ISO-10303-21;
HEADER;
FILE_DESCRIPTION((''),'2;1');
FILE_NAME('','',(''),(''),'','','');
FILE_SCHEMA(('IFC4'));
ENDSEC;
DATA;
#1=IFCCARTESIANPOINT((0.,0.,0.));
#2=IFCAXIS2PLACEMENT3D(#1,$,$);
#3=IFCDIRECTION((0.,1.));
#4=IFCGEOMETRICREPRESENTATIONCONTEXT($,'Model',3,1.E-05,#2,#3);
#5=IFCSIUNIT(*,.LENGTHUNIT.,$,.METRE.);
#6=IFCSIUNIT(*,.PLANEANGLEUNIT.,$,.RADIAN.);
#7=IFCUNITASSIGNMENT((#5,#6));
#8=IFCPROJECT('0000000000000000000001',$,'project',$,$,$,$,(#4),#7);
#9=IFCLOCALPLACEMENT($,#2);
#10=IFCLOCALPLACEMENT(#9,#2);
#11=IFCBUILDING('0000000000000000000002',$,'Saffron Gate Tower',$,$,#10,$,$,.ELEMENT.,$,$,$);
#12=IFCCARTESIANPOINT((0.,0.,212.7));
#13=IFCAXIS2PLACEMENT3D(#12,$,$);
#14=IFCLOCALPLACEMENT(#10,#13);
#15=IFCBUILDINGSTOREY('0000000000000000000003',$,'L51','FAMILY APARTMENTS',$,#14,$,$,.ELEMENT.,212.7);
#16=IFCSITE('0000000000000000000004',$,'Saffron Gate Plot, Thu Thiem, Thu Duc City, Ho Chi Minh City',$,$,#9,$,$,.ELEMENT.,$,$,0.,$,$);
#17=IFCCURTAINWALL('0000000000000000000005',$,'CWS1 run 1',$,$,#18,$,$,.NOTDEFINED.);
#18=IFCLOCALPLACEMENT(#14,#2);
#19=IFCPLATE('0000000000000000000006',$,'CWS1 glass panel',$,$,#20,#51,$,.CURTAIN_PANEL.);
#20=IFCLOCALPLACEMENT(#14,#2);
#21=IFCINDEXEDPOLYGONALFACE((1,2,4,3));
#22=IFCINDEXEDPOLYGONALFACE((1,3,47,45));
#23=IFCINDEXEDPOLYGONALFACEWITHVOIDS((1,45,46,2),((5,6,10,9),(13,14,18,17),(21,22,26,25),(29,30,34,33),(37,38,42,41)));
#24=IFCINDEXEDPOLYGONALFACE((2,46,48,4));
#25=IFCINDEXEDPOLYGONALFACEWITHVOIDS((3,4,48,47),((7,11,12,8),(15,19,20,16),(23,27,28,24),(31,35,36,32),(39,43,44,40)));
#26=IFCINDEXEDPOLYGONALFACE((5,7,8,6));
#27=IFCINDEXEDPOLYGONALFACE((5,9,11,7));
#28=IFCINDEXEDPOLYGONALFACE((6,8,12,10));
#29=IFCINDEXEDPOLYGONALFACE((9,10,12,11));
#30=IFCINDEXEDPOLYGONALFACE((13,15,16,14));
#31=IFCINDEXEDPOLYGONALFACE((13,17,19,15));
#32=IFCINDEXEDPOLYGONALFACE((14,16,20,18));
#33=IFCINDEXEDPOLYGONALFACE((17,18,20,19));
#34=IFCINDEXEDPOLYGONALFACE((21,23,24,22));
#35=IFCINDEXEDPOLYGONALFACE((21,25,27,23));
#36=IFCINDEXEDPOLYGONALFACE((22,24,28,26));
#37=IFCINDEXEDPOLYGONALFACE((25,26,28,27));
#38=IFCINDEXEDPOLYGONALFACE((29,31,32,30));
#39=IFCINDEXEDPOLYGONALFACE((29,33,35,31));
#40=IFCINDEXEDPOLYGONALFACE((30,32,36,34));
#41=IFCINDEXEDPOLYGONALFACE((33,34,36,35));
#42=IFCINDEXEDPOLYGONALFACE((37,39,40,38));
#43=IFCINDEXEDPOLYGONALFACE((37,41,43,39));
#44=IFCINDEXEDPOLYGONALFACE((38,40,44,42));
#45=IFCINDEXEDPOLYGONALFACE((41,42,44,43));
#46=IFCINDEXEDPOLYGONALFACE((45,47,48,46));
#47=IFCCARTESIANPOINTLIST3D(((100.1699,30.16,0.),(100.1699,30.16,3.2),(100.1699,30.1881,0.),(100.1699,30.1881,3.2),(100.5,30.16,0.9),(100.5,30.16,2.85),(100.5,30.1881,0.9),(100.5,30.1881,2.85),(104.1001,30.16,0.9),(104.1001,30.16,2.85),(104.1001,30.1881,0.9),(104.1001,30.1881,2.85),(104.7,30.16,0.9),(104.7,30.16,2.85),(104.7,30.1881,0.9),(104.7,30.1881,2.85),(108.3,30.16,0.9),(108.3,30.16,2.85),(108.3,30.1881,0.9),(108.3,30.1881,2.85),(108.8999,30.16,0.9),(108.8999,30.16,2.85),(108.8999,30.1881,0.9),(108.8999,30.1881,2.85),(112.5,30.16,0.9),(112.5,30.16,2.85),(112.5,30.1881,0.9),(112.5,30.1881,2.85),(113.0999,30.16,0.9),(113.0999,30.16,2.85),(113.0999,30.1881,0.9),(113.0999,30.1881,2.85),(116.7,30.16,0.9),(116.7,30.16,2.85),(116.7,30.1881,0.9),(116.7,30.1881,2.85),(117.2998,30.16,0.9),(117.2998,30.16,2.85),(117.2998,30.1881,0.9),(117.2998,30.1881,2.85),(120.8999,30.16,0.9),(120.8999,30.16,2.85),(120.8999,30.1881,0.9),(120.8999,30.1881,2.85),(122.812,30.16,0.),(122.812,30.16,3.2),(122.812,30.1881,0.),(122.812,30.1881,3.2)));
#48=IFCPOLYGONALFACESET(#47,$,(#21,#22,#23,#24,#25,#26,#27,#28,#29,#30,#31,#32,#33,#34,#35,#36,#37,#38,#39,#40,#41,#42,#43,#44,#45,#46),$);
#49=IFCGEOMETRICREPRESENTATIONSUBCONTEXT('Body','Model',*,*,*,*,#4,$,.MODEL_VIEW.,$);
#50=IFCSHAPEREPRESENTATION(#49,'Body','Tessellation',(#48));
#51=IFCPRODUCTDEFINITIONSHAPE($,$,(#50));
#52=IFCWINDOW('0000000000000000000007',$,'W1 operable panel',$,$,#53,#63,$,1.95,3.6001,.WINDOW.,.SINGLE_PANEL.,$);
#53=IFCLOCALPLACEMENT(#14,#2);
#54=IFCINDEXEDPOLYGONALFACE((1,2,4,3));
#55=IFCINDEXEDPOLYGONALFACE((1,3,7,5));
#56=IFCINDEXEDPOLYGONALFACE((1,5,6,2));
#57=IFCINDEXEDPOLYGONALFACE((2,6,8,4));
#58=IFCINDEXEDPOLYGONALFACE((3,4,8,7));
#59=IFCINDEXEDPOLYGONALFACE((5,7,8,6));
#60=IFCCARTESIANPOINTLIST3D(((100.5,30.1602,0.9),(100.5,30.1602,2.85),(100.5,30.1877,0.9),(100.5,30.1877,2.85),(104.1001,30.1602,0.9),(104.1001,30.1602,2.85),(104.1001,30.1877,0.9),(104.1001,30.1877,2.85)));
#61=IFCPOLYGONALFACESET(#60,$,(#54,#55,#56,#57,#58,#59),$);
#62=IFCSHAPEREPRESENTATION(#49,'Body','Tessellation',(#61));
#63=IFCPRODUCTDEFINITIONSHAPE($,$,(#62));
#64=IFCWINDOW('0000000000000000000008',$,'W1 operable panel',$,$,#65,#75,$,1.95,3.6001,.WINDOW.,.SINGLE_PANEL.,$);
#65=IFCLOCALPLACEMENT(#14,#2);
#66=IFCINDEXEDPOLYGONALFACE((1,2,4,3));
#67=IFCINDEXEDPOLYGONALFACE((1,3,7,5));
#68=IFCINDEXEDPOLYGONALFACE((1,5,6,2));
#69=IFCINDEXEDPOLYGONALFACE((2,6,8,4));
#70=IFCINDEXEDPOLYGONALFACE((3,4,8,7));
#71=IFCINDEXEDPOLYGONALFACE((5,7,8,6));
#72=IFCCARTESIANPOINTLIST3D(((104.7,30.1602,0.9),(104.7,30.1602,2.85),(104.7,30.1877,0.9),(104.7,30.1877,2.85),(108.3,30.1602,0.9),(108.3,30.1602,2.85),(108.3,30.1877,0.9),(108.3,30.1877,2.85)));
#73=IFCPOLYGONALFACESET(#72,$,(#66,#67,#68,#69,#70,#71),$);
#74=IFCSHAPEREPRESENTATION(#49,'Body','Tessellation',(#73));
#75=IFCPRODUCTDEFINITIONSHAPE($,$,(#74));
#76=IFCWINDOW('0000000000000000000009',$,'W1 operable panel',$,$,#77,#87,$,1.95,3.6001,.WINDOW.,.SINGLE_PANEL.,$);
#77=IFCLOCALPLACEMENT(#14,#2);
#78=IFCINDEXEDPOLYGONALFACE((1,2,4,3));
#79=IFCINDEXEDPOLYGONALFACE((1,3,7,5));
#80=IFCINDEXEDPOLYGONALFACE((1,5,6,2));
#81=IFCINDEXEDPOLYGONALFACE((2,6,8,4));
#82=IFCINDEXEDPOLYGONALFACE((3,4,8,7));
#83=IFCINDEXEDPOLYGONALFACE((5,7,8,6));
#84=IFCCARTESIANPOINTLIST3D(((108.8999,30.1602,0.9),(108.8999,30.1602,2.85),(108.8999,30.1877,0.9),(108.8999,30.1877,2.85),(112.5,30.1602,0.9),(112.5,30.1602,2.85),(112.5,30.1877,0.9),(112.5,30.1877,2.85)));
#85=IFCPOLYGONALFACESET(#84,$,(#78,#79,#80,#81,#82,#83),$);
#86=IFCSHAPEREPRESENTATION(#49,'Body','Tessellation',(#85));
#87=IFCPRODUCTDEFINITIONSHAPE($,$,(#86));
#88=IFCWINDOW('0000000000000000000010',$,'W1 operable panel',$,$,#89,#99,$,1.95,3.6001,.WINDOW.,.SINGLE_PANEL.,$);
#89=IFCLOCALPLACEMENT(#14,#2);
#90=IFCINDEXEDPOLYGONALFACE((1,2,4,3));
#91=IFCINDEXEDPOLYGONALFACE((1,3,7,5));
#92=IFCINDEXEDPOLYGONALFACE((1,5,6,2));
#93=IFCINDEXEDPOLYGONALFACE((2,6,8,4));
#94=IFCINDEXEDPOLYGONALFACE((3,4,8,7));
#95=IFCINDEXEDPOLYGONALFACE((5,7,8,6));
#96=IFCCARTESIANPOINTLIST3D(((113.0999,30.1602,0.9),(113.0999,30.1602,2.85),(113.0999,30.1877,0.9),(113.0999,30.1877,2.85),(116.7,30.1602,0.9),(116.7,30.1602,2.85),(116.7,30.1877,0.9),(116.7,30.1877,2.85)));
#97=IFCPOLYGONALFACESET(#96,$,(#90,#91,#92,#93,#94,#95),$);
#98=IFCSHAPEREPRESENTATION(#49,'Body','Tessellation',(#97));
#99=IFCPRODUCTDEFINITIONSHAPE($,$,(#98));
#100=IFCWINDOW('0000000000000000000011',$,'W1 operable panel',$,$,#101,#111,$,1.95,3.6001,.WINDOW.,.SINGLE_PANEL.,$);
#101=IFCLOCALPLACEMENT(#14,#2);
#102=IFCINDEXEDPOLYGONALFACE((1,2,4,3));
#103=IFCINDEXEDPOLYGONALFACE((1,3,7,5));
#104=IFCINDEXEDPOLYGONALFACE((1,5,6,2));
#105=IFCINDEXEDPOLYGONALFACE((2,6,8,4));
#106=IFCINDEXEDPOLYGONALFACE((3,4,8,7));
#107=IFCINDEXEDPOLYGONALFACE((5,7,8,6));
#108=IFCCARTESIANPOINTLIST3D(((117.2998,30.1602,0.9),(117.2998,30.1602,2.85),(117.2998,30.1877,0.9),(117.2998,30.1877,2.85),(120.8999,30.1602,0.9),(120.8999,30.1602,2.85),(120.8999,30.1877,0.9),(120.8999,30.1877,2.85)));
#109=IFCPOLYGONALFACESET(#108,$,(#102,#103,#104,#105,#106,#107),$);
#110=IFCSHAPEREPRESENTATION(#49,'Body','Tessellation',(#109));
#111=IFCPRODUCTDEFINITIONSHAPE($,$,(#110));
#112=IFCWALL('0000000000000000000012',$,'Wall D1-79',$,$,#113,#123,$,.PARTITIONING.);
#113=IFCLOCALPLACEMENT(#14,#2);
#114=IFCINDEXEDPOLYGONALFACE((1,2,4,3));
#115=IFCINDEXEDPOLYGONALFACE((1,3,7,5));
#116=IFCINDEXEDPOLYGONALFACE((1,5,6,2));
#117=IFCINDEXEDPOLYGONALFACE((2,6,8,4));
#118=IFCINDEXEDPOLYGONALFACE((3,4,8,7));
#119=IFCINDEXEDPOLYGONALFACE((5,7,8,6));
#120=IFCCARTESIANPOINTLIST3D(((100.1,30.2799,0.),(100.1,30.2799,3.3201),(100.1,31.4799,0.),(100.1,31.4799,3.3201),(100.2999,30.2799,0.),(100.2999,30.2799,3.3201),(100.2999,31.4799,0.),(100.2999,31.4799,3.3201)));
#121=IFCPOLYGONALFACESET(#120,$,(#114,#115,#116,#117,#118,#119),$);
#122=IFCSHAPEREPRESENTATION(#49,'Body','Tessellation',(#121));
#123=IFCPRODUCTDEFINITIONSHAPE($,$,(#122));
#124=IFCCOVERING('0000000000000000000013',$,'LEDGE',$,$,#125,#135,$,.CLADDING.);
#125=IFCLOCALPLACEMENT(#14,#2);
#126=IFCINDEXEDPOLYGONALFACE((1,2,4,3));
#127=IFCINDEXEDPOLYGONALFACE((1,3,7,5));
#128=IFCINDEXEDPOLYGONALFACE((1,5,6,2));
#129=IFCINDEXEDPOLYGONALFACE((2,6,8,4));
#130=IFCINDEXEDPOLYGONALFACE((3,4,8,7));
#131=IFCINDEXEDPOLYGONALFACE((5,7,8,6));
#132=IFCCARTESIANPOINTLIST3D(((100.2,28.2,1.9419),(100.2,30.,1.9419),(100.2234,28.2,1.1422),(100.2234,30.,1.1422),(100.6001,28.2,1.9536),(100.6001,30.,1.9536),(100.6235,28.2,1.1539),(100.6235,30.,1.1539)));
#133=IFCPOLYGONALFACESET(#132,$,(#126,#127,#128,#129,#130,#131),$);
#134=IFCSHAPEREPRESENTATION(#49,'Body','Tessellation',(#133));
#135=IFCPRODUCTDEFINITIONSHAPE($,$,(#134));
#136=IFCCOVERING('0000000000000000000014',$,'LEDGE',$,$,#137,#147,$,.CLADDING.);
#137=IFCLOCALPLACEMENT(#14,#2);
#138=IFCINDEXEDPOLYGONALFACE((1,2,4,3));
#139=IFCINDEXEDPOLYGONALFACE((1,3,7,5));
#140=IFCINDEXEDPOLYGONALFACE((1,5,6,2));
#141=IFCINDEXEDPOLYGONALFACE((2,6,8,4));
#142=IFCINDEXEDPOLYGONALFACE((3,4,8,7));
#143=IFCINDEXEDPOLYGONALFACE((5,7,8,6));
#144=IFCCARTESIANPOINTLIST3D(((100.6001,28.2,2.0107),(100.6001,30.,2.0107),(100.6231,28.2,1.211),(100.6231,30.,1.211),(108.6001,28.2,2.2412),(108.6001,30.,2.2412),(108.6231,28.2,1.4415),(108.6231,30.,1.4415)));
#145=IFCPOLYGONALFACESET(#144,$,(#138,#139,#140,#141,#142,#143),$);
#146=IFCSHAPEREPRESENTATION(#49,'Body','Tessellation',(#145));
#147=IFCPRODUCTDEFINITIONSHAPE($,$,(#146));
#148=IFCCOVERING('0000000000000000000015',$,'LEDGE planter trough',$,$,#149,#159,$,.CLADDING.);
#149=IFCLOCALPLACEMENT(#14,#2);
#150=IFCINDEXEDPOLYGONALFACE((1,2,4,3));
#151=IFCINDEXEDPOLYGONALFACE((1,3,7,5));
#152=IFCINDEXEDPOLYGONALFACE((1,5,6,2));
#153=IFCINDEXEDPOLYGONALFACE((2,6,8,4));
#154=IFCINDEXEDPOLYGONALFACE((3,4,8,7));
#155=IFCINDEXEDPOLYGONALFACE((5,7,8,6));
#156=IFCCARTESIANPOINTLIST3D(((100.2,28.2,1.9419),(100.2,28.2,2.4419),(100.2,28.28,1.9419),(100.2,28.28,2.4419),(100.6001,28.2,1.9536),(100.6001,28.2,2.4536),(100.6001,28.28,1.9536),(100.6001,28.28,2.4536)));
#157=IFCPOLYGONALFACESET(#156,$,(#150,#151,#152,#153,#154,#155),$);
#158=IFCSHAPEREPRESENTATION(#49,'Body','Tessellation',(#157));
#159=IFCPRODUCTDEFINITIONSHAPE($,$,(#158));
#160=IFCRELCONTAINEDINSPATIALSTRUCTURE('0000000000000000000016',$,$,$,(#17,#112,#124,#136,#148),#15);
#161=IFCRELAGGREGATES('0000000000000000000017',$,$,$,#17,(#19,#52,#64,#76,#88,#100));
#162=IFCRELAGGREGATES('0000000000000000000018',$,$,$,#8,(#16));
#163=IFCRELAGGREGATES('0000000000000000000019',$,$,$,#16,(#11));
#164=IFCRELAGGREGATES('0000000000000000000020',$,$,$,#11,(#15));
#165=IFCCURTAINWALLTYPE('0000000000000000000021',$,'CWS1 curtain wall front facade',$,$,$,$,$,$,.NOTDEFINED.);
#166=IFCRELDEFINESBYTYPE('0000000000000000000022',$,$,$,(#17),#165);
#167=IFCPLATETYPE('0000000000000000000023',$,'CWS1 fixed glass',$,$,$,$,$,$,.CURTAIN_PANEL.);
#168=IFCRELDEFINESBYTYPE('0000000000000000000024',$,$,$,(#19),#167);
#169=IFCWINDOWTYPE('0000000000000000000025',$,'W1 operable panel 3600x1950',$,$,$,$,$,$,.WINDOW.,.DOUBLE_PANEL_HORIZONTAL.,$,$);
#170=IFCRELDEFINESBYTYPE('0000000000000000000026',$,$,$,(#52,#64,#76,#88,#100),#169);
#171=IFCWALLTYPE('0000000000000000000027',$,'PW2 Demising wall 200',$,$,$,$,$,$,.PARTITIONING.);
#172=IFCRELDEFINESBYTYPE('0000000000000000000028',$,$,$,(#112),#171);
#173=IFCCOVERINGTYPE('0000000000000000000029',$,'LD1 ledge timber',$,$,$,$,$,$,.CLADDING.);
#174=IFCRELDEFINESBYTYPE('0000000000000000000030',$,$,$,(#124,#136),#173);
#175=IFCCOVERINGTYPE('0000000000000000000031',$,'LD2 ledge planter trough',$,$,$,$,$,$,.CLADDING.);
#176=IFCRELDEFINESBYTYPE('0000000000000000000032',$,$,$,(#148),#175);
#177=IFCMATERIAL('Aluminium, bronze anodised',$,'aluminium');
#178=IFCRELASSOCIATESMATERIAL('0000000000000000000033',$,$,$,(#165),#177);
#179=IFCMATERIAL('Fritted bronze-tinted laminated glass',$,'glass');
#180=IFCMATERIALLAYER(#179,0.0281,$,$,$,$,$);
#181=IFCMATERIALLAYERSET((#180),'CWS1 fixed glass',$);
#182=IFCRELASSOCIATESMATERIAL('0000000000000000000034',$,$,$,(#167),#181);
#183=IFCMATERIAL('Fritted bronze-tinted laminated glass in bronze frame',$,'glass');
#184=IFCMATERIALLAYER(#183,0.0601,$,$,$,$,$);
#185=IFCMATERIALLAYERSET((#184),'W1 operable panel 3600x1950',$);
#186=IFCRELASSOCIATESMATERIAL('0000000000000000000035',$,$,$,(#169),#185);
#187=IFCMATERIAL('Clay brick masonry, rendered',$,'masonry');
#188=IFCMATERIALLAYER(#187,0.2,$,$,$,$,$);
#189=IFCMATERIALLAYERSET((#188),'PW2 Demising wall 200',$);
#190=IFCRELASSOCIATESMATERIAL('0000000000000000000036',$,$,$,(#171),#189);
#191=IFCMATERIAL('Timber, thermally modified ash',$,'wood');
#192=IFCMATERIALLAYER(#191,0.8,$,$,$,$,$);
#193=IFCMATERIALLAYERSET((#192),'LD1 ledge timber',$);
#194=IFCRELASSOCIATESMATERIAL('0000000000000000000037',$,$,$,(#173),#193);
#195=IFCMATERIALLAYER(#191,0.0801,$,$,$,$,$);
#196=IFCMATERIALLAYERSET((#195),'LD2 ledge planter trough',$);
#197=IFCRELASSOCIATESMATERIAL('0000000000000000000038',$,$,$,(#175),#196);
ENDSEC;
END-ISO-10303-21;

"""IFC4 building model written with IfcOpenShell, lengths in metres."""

from ifc_helpers import new_model, si_unit, direction, frame, frame_2d, origin, place, context, subcontext, project, spatial, polyline, rectangle, outline, extrude, material, layer, layer_set, type_object, element, fill, aggregate, save


model = new_model("IFC4")

# Units and contexts
model_context = context("Model", 3, precision=1e-05, world=origin(), true_north=direction((0.0, 1.0)))
body_context = subcontext(model_context, "Body", "Model", "MODEL_VIEW")
ifc_project = project(units=[si_unit("LENGTHUNIT", "METRE"), si_unit("PLANEANGLEUNIT", "RADIAN")], contexts=[model_context])

# Site, building, storey
site_placement = place(None, origin())
site = spatial("IfcSite", under=ifc_project, at=site_placement, Name="Saffron Gate Plot, Thu Thiem, Thu Duc City, Ho Chi Minh City", CompositionType="ELEMENT", RefElevation=0.0)
building_placement = place(site_placement, origin())
building = spatial("IfcBuilding", under=site, at=building_placement, Name="Saffron Gate Tower", CompositionType="ELEMENT")
storey_placement = place(building_placement, frame((0.0, 0.0, 212.7)))
storey = spatial("IfcBuildingStorey", under=building, at=storey_placement, Name="L51", Description="FAMILY APARTMENTS", CompositionType="ELEMENT", Elevation=212.7)

# Curtain wall, plate, openings, windows
ifc_material_1 = material(Name="Aluminium, bronze anodised", Category="aluminium")
curtain_wall_type = type_object("IfcCurtainWallType", Name="CWS1 curtain wall front facade", PredefinedType="NOTDEFINED", material=ifc_material_1)
curtain_wall_placement = place(storey_placement, origin())
curtain_wall = element("IfcCurtainWall", 1, at=curtain_wall_placement, inside=storey, type_object=curtain_wall_type, Name="CWS1 run 1", PredefinedType="NOTDEFINED")
ifc_material_2 = material(Name="Fritted bronze-tinted laminated glass", Category="glass")
ifc_layer_1 = layer(ifc_material_2, 0.0281)
ifc_layer_set_1 = layer_set([ifc_layer_1], Name="CWS1 fixed glass")
plate_type = type_object("IfcPlateType", Name="CWS1 fixed glass", PredefinedType="CURTAIN_PANEL", material=ifc_layer_set_1)
plate_placement = place(storey_placement, frame((100.1699, 30.1741, 0.0), z_axis=(0.0, 0.0, 1.0), x_axis=(1.0, 0.0, 0.0)))
plate = element("IfcPlate", 2, at=plate_placement, type_object=plate_type, Name="CWS1 glass panel", PredefinedType="CURTAIN_PANEL", context=body_context, shape_type="SweptSolid", body=[
    extrude(rectangle(XDim=22.6421, YDim=0.0281, at=frame_2d((11.321, 0.0))), origin(), (0.0, 0.0, 1.0), 3.2),
])
opening_1_placement = place(plate_placement, frame((0.3301, 0.0, 0.8999)))
opening_1 = element("IfcOpeningElement", 3, at=opening_1_placement, cuts=plate, PredefinedType="OPENING", context=body_context, shape_type="SweptSolid", body=[
    extrude(rectangle(XDim=3.6001, YDim=1.95, at=frame_2d((1.8, 0.9751))), frame((0.0, 0.0239, 0.0), z_axis=(0.0, -1.0, 0.0), x_axis=(1.0, 0.0, 0.0)), (0.0, 0.0, 1.0), 0.0481),
])
opening_2_placement = place(plate_placement, frame((4.53, 0.0, 0.8999)))
opening_2 = element("IfcOpeningElement", 4, at=opening_2_placement, cuts=plate, PredefinedType="OPENING", context=body_context, shape_type="SweptSolid", body=[
    extrude(rectangle(XDim=3.6001, YDim=1.95, at=frame_2d((1.8, 0.9751))), frame((0.0, 0.0239, 0.0), z_axis=(0.0, -1.0, 0.0), x_axis=(1.0, 0.0, 0.0)), (0.0, 0.0, 1.0), 0.0481),
])
opening_3_placement = place(plate_placement, frame((8.73, 0.0, 0.8999)))
opening_3 = element("IfcOpeningElement", 5, at=opening_3_placement, cuts=plate, PredefinedType="OPENING", context=body_context, shape_type="SweptSolid", body=[
    extrude(rectangle(XDim=3.6001, YDim=1.95, at=frame_2d((1.8, 0.9751))), frame((0.0, 0.0239, 0.0), z_axis=(0.0, -1.0, 0.0), x_axis=(1.0, 0.0, 0.0)), (0.0, 0.0, 1.0), 0.0481),
])
opening_4_placement = place(plate_placement, frame((12.9299, 0.0, 0.8999)))
opening_4 = element("IfcOpeningElement", 6, at=opening_4_placement, cuts=plate, PredefinedType="OPENING", context=body_context, shape_type="SweptSolid", body=[
    extrude(rectangle(XDim=3.6001, YDim=1.95, at=frame_2d((1.8, 0.9751))), frame((0.0, 0.0239, 0.0), z_axis=(0.0, -1.0, 0.0), x_axis=(1.0, 0.0, 0.0)), (0.0, 0.0, 1.0), 0.0481),
])
opening_5_placement = place(plate_placement, frame((17.1299, 0.0, 0.8999)))
opening_5 = element("IfcOpeningElement", 7, at=opening_5_placement, cuts=plate, PredefinedType="OPENING", context=body_context, shape_type="SweptSolid", body=[
    extrude(rectangle(XDim=3.6001, YDim=1.95, at=frame_2d((1.8, 0.9751))), frame((0.0, 0.0239, 0.0), z_axis=(0.0, -1.0, 0.0), x_axis=(1.0, 0.0, 0.0)), (0.0, 0.0, 1.0), 0.0481),
])
ifc_material_3 = material(Name="Fritted bronze-tinted laminated glass in bronze frame", Category="glass")
ifc_layer_2 = layer(ifc_material_3, 0.0601)
ifc_layer_set_2 = layer_set([ifc_layer_2], Name="W1 operable panel 3600x1950")
window_type = type_object("IfcWindowType", Name="W1 operable panel 3600x1950", PartitioningType="DOUBLE_PANEL_HORIZONTAL", PredefinedType="WINDOW", material=ifc_layer_set_2)
window_1_placement = place(opening_1_placement, origin())
window_1 = element("IfcWindow", 8, at=window_1_placement, type_object=window_type, Name="W1 operable panel", OverallHeight=1.95, OverallWidth=3.6001, PartitioningType="SINGLE_PANEL", PredefinedType="WINDOW", context=body_context, shape_type="SweptSolid", body=[
    extrude(rectangle(XDim=3.6001, YDim=1.95, at=frame_2d((1.8, 0.9751))), frame((0.0, 0.0137, 0.0), z_axis=(0.0, -1.0, 0.0), x_axis=(1.0, 0.0, 0.0)), (0.0, 0.0, 1.0), 0.0276),
])
fill(opening_1, window_1)
window_2_placement = place(opening_2_placement, origin())
window_2 = element("IfcWindow", 9, at=window_2_placement, type_object=window_type, Name="W1 operable panel", OverallHeight=1.95, OverallWidth=3.6001, PartitioningType="SINGLE_PANEL", PredefinedType="WINDOW", context=body_context, shape_type="SweptSolid", body=[
    extrude(rectangle(XDim=3.6001, YDim=1.95, at=frame_2d((1.8, 0.9751))), frame((0.0, 0.0137, 0.0), z_axis=(0.0, -1.0, 0.0), x_axis=(1.0, 0.0, 0.0)), (0.0, 0.0, 1.0), 0.0276),
])
fill(opening_2, window_2)
window_3_placement = place(opening_3_placement, origin())
window_3 = element("IfcWindow", 10, at=window_3_placement, type_object=window_type, Name="W1 operable panel", OverallHeight=1.95, OverallWidth=3.6001, PartitioningType="SINGLE_PANEL", PredefinedType="WINDOW", context=body_context, shape_type="SweptSolid", body=[
    extrude(rectangle(XDim=3.6001, YDim=1.95, at=frame_2d((1.8, 0.9751))), frame((0.0, 0.0137, 0.0), z_axis=(0.0, -1.0, 0.0), x_axis=(1.0, 0.0, 0.0)), (0.0, 0.0, 1.0), 0.0276),
])
fill(opening_3, window_3)
window_4_placement = place(opening_4_placement, origin())
window_4 = element("IfcWindow", 11, at=window_4_placement, type_object=window_type, Name="W1 operable panel", OverallHeight=1.95, OverallWidth=3.6001, PartitioningType="SINGLE_PANEL", PredefinedType="WINDOW", context=body_context, shape_type="SweptSolid", body=[
    extrude(rectangle(XDim=3.6001, YDim=1.95, at=frame_2d((1.8, 0.9751))), frame((0.0, 0.0137, 0.0), z_axis=(0.0, -1.0, 0.0), x_axis=(1.0, 0.0, 0.0)), (0.0, 0.0, 1.0), 0.0276),
])
fill(opening_4, window_4)
window_5_placement = place(opening_5_placement, origin())
window_5 = element("IfcWindow", 12, at=window_5_placement, type_object=window_type, Name="W1 operable panel", OverallHeight=1.95, OverallWidth=3.6001, PartitioningType="SINGLE_PANEL", PredefinedType="WINDOW", context=body_context, shape_type="SweptSolid", body=[
    extrude(rectangle(XDim=3.6001, YDim=1.95, at=frame_2d((1.8, 0.9751))), frame((0.0, 0.0137, 0.0), z_axis=(0.0, -1.0, 0.0), x_axis=(1.0, 0.0, 0.0)), (0.0, 0.0, 1.0), 0.0276),
])
fill(opening_5, window_5)
aggregate(curtain_wall, [plate, window_1, window_2, window_3, window_4, window_5])

# Wall
ifc_material_4 = material(Name="Clay brick masonry, rendered", Category="masonry")
ifc_layer_3 = layer(ifc_material_4, 0.2)
ifc_layer_set_3 = layer_set([ifc_layer_3], Name="PW2 Demising wall 200")
wall_type = type_object("IfcWallType", Name="PW2 Demising wall 200", PredefinedType="PARTITIONING", material=ifc_layer_set_3)
wall_placement = place(storey_placement, frame((100.2, 31.48, 0.0), z_axis=(0.0, 0.0, 1.0), x_axis=(0.0, -1.0, 0.0)))
element("IfcWall", 13, at=wall_placement, inside=storey, type_object=wall_type, Name="Wall D1-79", PredefinedType="PARTITIONING", context=body_context, shape_type="SweptSolid", body=[
    extrude(rectangle(XDim=1.2, YDim=0.2, at=frame_2d((0.6001, 0.0))), origin(), (0.0, 0.0, 1.0), 3.3201),
])

# Coverings
ifc_material_5 = material(Name="Timber, thermally modified ash", Category="wood")
ifc_layer_4 = layer(ifc_material_5, 0.8)
ifc_layer_set_4 = layer_set([ifc_layer_4], Name="LD1 ledge timber")
covering_type_1 = type_object("IfcCoveringType", Name="LD1 ledge timber", PredefinedType="CLADDING", material=ifc_layer_set_4)
covering_1_placement = place(storey_placement, frame((100.2, 30.0, 1.9419), z_axis=(-0.029274, 0.0, 0.999571), x_axis=(0.999571, 0.0, 0.029274)))
element("IfcCovering", 14, at=covering_1_placement, inside=storey, type_object=covering_type_1, Name="LEDGE", PredefinedType="CLADDING", context=body_context, shape_type="SweptSolid", body=[
    extrude(outline(polyline([(0.0, 0.0), (0.4003, 0.0), (0.4003, -1.8), (0.0, -1.8), (0.0, 0.0)])), origin(), (0.0, 0.0, -1.0), 0.8),
])
covering_2_placement = place(storey_placement, frame((100.6001, 30.0, 2.0107), z_axis=(-0.028797, 0.0, 0.999585), x_axis=(0.999585, 0.0, 0.028797)))
element("IfcCovering", 15, at=covering_2_placement, inside=storey, type_object=covering_type_1, Name="LEDGE", PredefinedType="CLADDING", context=body_context, shape_type="SweptSolid", body=[
    extrude(outline(polyline([(0.0, 0.0), (8.0033, 0.0), (8.0033, -1.8), (0.0, -1.8), (0.0, 0.0)])), origin(), (0.0, 0.0, -1.0), 0.8),
])
ifc_layer_5 = layer(ifc_material_5, 0.0801)
ifc_layer_set_5 = layer_set([ifc_layer_5], Name="LD2 ledge planter trough")
covering_type_2 = type_object("IfcCoveringType", Name="LD2 ledge planter trough", PredefinedType="CLADDING", material=ifc_layer_set_5)
covering_3_placement = place(storey_placement, frame((100.2, 28.2, 1.9419), z_axis=(0.0, -1.0, 0.0), x_axis=(0.999571, 0.0, 0.029274)))
element("IfcCovering", 16, at=covering_3_placement, inside=storey, type_object=covering_type_2, Name="LEDGE planter trough", PredefinedType="CLADDING", context=body_context, shape_type="SweptSolid", body=[
    extrude(outline(polyline([(0.0, 0.0), (0.4003, 0.0), (0.415, 0.4998), (0.0146, 0.4998), (0.0, 0.0)])), origin(), (0.0, 0.0, -1.0), 0.0801),
])

save(model, "model.ifc")
